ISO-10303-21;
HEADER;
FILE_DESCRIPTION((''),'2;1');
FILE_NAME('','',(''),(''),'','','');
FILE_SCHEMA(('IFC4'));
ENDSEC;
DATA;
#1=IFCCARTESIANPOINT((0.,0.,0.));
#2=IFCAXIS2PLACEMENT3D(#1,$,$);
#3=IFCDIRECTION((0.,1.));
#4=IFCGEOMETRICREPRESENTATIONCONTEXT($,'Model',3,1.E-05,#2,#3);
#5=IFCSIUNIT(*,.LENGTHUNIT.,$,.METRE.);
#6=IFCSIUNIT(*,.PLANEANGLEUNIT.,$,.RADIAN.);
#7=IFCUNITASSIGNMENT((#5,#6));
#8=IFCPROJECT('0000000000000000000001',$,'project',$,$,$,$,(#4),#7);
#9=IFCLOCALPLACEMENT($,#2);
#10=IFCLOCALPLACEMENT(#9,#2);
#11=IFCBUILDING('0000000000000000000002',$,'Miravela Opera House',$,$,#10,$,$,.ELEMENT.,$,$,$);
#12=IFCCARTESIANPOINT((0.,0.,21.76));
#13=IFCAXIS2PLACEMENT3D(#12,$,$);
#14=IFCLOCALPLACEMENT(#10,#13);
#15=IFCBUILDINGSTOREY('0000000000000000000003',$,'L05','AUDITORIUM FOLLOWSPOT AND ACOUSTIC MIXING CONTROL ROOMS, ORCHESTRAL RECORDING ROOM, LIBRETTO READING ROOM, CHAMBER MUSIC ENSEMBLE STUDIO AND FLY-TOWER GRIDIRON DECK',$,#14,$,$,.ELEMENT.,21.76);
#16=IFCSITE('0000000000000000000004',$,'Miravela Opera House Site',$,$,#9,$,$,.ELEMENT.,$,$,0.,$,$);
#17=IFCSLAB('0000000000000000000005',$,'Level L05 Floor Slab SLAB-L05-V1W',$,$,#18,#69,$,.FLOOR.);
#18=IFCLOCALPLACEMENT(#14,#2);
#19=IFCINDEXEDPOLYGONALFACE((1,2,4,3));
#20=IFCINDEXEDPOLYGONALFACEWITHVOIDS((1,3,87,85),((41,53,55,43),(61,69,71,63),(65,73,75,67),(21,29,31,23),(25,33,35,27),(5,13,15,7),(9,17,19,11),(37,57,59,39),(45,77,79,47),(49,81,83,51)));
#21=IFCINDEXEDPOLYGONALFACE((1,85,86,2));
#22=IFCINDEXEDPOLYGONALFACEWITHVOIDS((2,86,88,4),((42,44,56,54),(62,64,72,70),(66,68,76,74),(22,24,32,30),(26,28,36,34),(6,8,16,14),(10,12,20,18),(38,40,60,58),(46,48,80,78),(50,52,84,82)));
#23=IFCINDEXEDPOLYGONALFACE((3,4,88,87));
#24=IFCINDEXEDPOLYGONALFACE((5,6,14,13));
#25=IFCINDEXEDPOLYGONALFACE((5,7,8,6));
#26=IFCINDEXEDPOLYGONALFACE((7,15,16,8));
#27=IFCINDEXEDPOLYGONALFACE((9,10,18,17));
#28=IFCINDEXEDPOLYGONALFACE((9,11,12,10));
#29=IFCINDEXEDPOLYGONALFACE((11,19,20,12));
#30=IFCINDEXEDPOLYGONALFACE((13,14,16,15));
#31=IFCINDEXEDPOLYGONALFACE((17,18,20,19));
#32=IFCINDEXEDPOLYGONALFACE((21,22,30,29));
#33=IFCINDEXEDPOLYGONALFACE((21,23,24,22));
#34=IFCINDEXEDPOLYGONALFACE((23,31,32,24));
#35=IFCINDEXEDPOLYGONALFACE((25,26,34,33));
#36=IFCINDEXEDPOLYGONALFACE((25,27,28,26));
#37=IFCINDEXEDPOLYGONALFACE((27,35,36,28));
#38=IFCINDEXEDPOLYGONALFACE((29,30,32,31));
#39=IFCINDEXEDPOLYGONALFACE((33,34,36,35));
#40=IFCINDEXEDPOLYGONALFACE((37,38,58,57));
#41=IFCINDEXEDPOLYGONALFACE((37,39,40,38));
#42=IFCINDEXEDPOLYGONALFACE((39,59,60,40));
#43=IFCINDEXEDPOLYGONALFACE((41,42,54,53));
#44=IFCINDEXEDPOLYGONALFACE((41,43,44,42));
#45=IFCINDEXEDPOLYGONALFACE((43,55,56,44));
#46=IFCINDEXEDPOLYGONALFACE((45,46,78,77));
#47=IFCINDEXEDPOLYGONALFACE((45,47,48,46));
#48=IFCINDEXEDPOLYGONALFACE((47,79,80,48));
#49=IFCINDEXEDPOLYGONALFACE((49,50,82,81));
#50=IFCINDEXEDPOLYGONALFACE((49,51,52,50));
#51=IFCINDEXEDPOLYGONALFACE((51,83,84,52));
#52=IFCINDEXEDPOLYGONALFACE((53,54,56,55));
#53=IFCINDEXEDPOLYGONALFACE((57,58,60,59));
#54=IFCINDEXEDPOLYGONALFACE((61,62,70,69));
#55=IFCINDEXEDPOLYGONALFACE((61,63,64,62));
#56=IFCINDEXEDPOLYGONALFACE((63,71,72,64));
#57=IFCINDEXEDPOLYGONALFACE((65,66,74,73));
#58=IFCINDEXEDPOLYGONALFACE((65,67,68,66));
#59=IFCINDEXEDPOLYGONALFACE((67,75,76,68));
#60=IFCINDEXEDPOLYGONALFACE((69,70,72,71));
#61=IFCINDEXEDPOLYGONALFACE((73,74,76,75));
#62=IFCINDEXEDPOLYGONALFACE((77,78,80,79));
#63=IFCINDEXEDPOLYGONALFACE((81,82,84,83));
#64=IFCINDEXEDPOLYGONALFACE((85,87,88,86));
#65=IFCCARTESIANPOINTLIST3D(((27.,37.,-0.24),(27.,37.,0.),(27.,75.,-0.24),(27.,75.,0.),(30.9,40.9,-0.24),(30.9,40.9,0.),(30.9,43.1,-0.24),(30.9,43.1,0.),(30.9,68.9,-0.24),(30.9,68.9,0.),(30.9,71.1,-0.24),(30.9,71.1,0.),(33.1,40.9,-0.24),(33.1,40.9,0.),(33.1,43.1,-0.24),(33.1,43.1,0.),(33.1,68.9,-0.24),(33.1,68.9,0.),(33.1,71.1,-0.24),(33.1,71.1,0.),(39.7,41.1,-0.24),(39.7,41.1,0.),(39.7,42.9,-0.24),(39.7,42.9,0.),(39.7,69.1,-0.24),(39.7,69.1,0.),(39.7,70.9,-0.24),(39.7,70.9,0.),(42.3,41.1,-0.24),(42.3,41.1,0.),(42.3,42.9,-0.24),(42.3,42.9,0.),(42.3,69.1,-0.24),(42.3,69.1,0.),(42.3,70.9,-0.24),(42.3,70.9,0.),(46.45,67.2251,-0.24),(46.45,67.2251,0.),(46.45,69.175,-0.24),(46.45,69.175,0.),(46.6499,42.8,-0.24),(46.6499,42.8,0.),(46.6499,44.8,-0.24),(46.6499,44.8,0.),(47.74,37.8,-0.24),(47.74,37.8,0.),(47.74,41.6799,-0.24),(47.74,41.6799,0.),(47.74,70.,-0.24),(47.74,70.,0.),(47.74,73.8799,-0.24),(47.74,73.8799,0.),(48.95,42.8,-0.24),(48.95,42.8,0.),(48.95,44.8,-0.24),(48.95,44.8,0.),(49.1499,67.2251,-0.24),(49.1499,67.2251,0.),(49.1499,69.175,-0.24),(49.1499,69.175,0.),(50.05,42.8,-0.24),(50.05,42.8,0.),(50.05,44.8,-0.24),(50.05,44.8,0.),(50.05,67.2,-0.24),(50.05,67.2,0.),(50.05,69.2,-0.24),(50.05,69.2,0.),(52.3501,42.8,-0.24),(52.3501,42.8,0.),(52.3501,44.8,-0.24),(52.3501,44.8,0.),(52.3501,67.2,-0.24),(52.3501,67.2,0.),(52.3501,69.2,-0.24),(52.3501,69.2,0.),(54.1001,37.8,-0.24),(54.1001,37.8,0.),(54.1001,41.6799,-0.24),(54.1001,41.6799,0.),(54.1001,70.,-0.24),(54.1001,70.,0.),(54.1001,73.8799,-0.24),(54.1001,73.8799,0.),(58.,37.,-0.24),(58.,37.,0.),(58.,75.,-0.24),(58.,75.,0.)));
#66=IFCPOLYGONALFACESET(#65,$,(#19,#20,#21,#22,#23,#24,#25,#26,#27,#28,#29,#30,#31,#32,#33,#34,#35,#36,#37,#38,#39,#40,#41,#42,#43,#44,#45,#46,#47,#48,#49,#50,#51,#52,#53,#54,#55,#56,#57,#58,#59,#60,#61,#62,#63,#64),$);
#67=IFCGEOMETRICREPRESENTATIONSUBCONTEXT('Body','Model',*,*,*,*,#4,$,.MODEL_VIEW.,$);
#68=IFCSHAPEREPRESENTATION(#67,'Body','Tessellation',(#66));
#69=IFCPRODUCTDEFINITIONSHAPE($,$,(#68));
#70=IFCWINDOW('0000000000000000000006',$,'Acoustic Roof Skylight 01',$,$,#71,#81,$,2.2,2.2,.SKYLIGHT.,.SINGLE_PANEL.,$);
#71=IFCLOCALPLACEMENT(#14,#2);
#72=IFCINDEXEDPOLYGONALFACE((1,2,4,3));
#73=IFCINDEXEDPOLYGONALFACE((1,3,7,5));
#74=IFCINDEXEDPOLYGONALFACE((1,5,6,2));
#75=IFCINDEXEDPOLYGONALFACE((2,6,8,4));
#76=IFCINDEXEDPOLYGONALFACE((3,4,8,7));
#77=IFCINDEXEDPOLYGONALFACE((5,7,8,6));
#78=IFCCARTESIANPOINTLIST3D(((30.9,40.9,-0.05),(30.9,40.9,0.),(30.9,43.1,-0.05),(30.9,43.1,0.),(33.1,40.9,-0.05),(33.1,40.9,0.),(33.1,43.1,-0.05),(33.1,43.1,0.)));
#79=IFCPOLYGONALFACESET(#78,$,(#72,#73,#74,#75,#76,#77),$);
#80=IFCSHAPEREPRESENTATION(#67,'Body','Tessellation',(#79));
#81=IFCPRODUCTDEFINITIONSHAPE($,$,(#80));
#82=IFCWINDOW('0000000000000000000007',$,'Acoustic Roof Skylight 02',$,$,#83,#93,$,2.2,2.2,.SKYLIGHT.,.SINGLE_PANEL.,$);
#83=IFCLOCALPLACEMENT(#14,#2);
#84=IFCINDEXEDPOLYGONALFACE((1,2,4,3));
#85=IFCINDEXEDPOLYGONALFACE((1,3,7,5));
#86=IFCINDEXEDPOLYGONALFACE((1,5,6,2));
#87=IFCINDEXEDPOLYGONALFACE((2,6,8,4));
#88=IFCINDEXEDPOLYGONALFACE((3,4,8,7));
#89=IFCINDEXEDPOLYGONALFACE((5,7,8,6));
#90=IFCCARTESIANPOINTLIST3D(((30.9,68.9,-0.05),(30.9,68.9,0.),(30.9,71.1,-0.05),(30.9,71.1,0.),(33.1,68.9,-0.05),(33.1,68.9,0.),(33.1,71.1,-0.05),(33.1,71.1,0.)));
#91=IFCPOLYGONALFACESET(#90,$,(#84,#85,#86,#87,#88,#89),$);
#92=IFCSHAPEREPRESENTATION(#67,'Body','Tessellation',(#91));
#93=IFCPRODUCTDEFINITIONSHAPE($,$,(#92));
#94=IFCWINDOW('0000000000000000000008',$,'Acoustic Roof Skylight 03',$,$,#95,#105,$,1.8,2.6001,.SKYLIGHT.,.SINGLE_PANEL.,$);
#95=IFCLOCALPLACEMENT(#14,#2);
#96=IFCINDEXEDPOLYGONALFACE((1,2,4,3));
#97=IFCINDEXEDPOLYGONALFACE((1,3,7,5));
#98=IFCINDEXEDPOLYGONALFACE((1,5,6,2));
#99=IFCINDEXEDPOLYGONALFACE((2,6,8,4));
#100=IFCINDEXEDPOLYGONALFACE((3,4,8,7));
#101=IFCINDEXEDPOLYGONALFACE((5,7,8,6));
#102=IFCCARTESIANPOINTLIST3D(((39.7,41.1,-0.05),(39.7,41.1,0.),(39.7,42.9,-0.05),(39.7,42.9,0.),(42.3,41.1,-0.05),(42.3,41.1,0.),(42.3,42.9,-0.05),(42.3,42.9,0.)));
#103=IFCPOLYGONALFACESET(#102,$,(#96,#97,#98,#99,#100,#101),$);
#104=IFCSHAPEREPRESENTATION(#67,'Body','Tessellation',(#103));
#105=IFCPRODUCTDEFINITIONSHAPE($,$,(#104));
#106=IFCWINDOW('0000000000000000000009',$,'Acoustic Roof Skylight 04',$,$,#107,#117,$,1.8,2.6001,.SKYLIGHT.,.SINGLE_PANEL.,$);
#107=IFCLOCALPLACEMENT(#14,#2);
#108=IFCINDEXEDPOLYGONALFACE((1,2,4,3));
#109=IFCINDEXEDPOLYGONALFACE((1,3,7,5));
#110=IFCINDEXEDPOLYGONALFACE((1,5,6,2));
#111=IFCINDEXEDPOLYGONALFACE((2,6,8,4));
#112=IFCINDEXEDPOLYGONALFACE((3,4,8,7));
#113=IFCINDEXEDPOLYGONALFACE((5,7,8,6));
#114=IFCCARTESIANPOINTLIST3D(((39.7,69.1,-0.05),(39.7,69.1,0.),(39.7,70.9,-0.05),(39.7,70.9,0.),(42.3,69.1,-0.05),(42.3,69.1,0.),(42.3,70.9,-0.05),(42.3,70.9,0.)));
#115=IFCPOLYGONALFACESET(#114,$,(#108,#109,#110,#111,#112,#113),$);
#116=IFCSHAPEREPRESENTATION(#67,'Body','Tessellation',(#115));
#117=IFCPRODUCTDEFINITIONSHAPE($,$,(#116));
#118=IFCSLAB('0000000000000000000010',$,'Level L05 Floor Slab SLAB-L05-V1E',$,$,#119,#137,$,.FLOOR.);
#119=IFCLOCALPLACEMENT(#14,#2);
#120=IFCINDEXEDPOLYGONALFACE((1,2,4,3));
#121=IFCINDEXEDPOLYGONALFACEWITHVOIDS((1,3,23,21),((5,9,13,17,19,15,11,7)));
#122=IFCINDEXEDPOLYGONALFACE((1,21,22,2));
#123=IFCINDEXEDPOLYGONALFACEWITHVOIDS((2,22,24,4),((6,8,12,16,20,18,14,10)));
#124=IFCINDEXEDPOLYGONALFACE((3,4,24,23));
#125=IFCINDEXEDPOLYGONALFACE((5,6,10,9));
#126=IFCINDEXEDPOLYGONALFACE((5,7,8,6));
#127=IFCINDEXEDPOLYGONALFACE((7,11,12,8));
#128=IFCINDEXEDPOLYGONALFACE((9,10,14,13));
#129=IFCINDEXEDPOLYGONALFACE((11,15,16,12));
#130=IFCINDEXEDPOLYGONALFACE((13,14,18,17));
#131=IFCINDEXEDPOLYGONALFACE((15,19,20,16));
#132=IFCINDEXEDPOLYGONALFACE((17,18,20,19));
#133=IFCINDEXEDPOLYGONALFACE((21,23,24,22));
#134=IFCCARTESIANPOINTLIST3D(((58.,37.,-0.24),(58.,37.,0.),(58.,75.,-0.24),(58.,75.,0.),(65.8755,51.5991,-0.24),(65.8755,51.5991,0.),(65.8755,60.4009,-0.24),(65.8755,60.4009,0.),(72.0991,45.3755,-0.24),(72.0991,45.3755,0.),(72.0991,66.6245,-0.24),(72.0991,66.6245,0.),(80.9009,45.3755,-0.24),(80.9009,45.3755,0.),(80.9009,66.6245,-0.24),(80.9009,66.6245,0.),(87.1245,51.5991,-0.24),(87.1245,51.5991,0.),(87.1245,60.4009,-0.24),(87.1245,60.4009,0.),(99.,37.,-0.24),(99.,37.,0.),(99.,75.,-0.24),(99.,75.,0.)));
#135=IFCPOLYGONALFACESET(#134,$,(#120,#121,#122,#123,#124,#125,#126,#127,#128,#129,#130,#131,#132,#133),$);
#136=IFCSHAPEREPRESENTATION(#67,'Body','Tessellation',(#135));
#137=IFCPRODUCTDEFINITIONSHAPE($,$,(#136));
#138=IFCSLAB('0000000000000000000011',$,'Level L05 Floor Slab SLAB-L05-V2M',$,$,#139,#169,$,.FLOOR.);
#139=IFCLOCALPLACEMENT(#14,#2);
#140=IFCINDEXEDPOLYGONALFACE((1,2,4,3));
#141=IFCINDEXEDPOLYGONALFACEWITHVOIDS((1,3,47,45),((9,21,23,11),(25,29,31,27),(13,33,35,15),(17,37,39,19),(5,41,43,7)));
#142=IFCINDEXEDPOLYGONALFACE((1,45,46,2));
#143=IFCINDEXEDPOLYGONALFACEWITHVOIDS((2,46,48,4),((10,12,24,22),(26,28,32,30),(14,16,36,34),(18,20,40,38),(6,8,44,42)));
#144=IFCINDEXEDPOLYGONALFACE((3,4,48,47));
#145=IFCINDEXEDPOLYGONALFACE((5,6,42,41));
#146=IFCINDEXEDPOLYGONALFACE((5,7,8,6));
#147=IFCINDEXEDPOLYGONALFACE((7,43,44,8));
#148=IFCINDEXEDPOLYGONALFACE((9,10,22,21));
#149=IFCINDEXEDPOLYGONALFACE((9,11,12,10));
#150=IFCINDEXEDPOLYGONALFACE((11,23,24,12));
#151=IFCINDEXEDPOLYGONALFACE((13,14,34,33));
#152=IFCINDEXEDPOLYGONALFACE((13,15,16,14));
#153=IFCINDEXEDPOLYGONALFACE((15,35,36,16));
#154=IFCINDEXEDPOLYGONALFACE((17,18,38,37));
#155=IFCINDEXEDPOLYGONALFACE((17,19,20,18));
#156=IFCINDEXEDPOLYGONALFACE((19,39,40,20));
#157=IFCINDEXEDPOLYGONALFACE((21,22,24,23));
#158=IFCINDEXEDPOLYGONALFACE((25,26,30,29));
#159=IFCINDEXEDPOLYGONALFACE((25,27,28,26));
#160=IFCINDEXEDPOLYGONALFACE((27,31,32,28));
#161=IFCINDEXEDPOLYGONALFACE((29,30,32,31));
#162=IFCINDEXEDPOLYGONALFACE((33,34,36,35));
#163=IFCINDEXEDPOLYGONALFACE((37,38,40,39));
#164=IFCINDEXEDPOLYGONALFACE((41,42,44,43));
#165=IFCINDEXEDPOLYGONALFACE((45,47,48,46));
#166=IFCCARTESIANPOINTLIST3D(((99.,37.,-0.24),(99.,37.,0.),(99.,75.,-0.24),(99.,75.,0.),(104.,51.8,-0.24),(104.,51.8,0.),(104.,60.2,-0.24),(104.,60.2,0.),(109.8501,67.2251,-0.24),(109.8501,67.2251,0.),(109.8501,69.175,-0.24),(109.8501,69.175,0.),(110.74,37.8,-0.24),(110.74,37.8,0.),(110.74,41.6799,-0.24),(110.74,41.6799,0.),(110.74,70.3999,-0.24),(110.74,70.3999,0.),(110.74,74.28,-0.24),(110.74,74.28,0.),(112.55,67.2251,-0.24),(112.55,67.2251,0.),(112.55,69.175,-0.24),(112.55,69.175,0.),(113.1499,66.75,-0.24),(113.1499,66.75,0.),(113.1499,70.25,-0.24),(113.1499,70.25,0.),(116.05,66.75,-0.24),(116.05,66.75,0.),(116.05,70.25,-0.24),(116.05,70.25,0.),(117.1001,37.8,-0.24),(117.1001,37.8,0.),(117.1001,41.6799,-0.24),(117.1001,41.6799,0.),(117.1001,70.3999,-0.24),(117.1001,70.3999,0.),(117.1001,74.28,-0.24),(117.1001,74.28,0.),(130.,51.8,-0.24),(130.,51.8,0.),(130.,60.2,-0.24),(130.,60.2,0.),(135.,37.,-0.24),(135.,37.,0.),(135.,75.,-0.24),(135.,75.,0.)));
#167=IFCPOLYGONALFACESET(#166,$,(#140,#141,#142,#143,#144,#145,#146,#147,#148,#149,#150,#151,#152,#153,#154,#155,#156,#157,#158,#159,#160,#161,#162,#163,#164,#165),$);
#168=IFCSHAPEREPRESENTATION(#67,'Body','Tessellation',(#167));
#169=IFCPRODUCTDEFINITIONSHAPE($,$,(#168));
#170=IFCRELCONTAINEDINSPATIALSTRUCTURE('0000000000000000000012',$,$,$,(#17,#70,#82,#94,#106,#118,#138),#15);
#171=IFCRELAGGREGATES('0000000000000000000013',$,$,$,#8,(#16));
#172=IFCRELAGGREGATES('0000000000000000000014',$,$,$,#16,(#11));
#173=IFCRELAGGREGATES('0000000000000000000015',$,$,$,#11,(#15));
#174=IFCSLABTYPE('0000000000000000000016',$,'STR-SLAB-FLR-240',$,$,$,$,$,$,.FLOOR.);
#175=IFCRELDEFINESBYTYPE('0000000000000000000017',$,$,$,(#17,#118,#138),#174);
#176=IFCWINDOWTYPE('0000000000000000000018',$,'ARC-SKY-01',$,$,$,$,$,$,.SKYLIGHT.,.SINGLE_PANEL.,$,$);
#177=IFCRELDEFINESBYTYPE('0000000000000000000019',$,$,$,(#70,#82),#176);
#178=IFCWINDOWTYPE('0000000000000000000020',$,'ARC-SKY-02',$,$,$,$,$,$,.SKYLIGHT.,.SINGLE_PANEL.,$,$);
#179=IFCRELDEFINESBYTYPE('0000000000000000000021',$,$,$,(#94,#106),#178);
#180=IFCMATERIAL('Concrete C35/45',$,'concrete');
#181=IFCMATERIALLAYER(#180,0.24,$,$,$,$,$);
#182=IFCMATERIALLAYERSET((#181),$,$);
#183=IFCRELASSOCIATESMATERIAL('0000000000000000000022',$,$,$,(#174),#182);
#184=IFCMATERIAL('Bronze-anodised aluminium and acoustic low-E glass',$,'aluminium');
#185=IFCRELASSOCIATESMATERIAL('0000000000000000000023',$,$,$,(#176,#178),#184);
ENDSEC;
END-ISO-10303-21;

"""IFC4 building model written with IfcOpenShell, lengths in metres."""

from ifc_helpers import new_model, si_unit, direction, frame, origin, origin_2d, place, context, subcontext, project, spatial, polyline, rectangle, outline, extrude, material, layer, layer_set, type_object, element, fill, save


model = new_model("IFC4")

# Units and contexts
model_context = context("Model", 3, precision=1e-05, world=origin(), true_north=direction((0.0, 1.0)))
body_context = subcontext(model_context, "Body", "Model", "MODEL_VIEW")
ifc_project = project(units=[si_unit("LENGTHUNIT", "METRE"), si_unit("PLANEANGLEUNIT", "RADIAN")], contexts=[model_context])

# Site, building, storey
site_placement = place(None, origin())
site = spatial("IfcSite", under=ifc_project, at=site_placement, Name="Miravela Opera House Site", CompositionType="ELEMENT", RefElevation=0.0)
building_placement = place(site_placement, origin())
building = spatial("IfcBuilding", under=site, at=building_placement, Name="Miravela Opera House", CompositionType="ELEMENT")
storey_placement = place(building_placement, frame((0.0, 0.0, 21.76)))
storey = spatial("IfcBuildingStorey", under=building, at=storey_placement, Name="L05", Description="AUDITORIUM FOLLOWSPOT AND ACOUSTIC MIXING CONTROL ROOMS, ORCHESTRAL RECORDING ROOM, LIBRETTO READING ROOM, CHAMBER MUSIC ENSEMBLE STUDIO AND FLY-TOWER GRIDIRON DECK", CompositionType="ELEMENT", Elevation=21.76)

# Shared definitions
ifc_material_1 = material(Name="Concrete C35/45", Category="concrete")
ifc_layer_1 = layer(ifc_material_1, 0.24)
ifc_layer_set_1 = layer_set([ifc_layer_1])
slab_type = type_object("IfcSlabType", Name="STR-SLAB-FLR-240", PredefinedType="FLOOR", material=ifc_layer_set_1)

# Slab, openings, windows
slab_1_placement = place(storey_placement, frame((0.0, 0.0, -0.24)))
slab_1 = element("IfcSlab", 1, at=slab_1_placement, inside=storey, type_object=slab_type, Name="Level L05 Floor Slab SLAB-L05-V1W", PredefinedType="FLOOR", context=body_context, shape_type="SweptSolid", body=[
    extrude(outline(polyline([(27.0, 37.0), (58.0, 37.0), (58.0, 75.0), (27.0, 75.0), (27.0, 37.0)]), holes=[polyline([(47.74, 70.0), (54.1001, 70.0), (54.1001, 73.8799), (47.74, 73.8799), (47.74, 70.0)]), polyline([(47.74, 37.8), (54.1001, 37.8), (54.1001, 41.6799), (47.74, 41.6799), (47.74, 37.8)]), polyline([(46.45, 67.2251), (49.1499, 67.2251), (49.1499, 69.175), (46.45, 69.175), (46.45, 67.2251)]), polyline([(50.05, 67.2), (52.3501, 67.2), (52.3501, 69.2), (50.05, 69.2), (50.05, 67.2)]), polyline([(46.6499, 42.8), (48.95, 42.8), (48.95, 44.8), (46.6499, 44.8), (46.6499, 42.8)]), polyline([(50.05, 42.8), (52.3501, 42.8), (52.3501, 44.8), (50.05, 44.8), (50.05, 42.8)])]), origin(), (0.0, 0.0, 1.0), 0.24),
])
opening_1_placement = place(slab_1_placement, frame((32.0, 42.0, -0.01)))
opening_1 = element("IfcOpeningElement", 2, at=opening_1_placement, cuts=slab_1, PredefinedType="OPENING", context=body_context, shape_type="SweptSolid", body=[
    extrude(rectangle(XDim=2.2, YDim=2.2, at=origin_2d()), origin(), (0.0, 0.0, 1.0), 0.26),
])
opening_2_placement = place(slab_1_placement, frame((32.0, 70.0, -0.01)))
opening_2 = element("IfcOpeningElement", 3, at=opening_2_placement, cuts=slab_1, PredefinedType="OPENING", context=body_context, shape_type="SweptSolid", body=[
    extrude(rectangle(XDim=2.2, YDim=2.2, at=origin_2d()), origin(), (0.0, 0.0, 1.0), 0.26),
])
opening_3_placement = place(slab_1_placement, frame((41.0, 42.0, -0.01)))
opening_3 = element("IfcOpeningElement", 4, at=opening_3_placement, cuts=slab_1, PredefinedType="OPENING", context=body_context, shape_type="SweptSolid", body=[
    extrude(rectangle(XDim=2.6001, YDim=1.8, at=origin_2d()), origin(), (0.0, 0.0, 1.0), 0.26),
])
opening_4_placement = place(slab_1_placement, frame((41.0, 70.0, -0.01)))
opening_4 = element("IfcOpeningElement", 5, at=opening_4_placement, cuts=slab_1, PredefinedType="OPENING", context=body_context, shape_type="SweptSolid", body=[
    extrude(rectangle(XDim=2.6001, YDim=1.8, at=origin_2d()), origin(), (0.0, 0.0, 1.0), 0.26),
])
ifc_material_2 = material(Name="Bronze-anodised aluminium and acoustic low-E glass", Category="aluminium")
window_type_1 = type_object("IfcWindowType", Name="ARC-SKY-01", PartitioningType="SINGLE_PANEL", PredefinedType="SKYLIGHT", material=ifc_material_2)
window_1_placement = place(slab_1_placement, frame((32.0, 42.0, 0.1899)))
window_1 = element("IfcWindow", 6, at=window_1_placement, inside=storey, type_object=window_type_1, Name="Acoustic Roof Skylight 01", OverallHeight=2.2, OverallWidth=2.2, PartitioningType="SINGLE_PANEL", PredefinedType="SKYLIGHT", context=body_context, shape_type="SweptSolid", body=[
    extrude(rectangle(XDim=2.2, YDim=2.2, at=origin_2d()), origin(), (0.0, 0.0, 1.0), 0.05),
])
fill(opening_1, window_1)
window_2_placement = place(slab_1_placement, frame((32.0, 70.0, 0.1899)))
window_2 = element("IfcWindow", 7, at=window_2_placement, inside=storey, type_object=window_type_1, Name="Acoustic Roof Skylight 02", OverallHeight=2.2, OverallWidth=2.2, PartitioningType="SINGLE_PANEL", PredefinedType="SKYLIGHT", context=body_context, shape_type="SweptSolid", body=[
    extrude(rectangle(XDim=2.2, YDim=2.2, at=origin_2d()), origin(), (0.0, 0.0, 1.0), 0.05),
])
fill(opening_2, window_2)
window_type_2 = type_object("IfcWindowType", Name="ARC-SKY-02", PartitioningType="SINGLE_PANEL", PredefinedType="SKYLIGHT", material=ifc_material_2)
window_3_placement = place(slab_1_placement, frame((41.0, 42.0, 0.1899)))
window_3 = element("IfcWindow", 8, at=window_3_placement, inside=storey, type_object=window_type_2, Name="Acoustic Roof Skylight 03", OverallHeight=1.8, OverallWidth=2.6001, PartitioningType="SINGLE_PANEL", PredefinedType="SKYLIGHT", context=body_context, shape_type="SweptSolid", body=[
    extrude(rectangle(XDim=2.6001, YDim=1.8, at=origin_2d()), origin(), (0.0, 0.0, 1.0), 0.05),
])
fill(opening_3, window_3)
window_4_placement = place(slab_1_placement, frame((41.0, 70.0, 0.1899)))
window_4 = element("IfcWindow", 9, at=window_4_placement, inside=storey, type_object=window_type_2, Name="Acoustic Roof Skylight 04", OverallHeight=1.8, OverallWidth=2.6001, PartitioningType="SINGLE_PANEL", PredefinedType="SKYLIGHT", context=body_context, shape_type="SweptSolid", body=[
    extrude(rectangle(XDim=2.6001, YDim=1.8, at=origin_2d()), origin(), (0.0, 0.0, 1.0), 0.05),
])
fill(opening_4, window_4)

# Slabs
slab_2_placement = place(storey_placement, frame((0.0, 0.0, -0.24)))
element("IfcSlab", 10, at=slab_2_placement, inside=storey, type_object=slab_type, Name="Level L05 Floor Slab SLAB-L05-V1E", PredefinedType="FLOOR", context=body_context, shape_type="SweptSolid", body=[
    extrude(outline(polyline([(58.0, 37.0), (99.0, 37.0), (99.0, 75.0), (58.0, 75.0), (58.0, 37.0)]), holes=[polyline([(87.1245, 60.4009), (80.9009, 66.6245), (72.0991, 66.6245), (65.8755, 60.4009), (65.8755, 51.5991), (72.0991, 45.3755), (80.9009, 45.3755), (87.1245, 51.5991), (87.1245, 60.4009)])]), origin(), (0.0, 0.0, 1.0), 0.24),
])
slab_3_placement = place(storey_placement, frame((0.0, 0.0, -0.24)))
element("IfcSlab", 11, at=slab_3_placement, inside=storey, type_object=slab_type, Name="Level L05 Floor Slab SLAB-L05-V2M", PredefinedType="FLOOR", context=body_context, shape_type="SweptSolid", body=[
    extrude(outline(polyline([(99.0, 37.0), (135.0, 37.0), (135.0, 75.0), (99.0, 75.0), (99.0, 37.0)]), holes=[polyline([(110.74, 70.3999), (117.1001, 70.3999), (117.1001, 74.28), (110.74, 74.28), (110.74, 70.3999)]), polyline([(110.74, 37.8), (117.1001, 37.8), (117.1001, 41.6799), (110.74, 41.6799), (110.74, 37.8)]), polyline([(109.8501, 67.2251), (112.55, 67.2251), (112.55, 69.175), (109.8501, 69.175), (109.8501, 67.2251)]), polyline([(113.1499, 66.75), (116.05, 66.75), (116.05, 70.25), (113.1499, 70.25), (113.1499, 66.75)]), polyline([(104.0, 51.8), (130.0, 51.8), (130.0, 60.2), (104.0, 60.2), (104.0, 51.8)])]), origin(), (0.0, 0.0, 1.0), 0.24),
])

save(model, "model.ifc")
